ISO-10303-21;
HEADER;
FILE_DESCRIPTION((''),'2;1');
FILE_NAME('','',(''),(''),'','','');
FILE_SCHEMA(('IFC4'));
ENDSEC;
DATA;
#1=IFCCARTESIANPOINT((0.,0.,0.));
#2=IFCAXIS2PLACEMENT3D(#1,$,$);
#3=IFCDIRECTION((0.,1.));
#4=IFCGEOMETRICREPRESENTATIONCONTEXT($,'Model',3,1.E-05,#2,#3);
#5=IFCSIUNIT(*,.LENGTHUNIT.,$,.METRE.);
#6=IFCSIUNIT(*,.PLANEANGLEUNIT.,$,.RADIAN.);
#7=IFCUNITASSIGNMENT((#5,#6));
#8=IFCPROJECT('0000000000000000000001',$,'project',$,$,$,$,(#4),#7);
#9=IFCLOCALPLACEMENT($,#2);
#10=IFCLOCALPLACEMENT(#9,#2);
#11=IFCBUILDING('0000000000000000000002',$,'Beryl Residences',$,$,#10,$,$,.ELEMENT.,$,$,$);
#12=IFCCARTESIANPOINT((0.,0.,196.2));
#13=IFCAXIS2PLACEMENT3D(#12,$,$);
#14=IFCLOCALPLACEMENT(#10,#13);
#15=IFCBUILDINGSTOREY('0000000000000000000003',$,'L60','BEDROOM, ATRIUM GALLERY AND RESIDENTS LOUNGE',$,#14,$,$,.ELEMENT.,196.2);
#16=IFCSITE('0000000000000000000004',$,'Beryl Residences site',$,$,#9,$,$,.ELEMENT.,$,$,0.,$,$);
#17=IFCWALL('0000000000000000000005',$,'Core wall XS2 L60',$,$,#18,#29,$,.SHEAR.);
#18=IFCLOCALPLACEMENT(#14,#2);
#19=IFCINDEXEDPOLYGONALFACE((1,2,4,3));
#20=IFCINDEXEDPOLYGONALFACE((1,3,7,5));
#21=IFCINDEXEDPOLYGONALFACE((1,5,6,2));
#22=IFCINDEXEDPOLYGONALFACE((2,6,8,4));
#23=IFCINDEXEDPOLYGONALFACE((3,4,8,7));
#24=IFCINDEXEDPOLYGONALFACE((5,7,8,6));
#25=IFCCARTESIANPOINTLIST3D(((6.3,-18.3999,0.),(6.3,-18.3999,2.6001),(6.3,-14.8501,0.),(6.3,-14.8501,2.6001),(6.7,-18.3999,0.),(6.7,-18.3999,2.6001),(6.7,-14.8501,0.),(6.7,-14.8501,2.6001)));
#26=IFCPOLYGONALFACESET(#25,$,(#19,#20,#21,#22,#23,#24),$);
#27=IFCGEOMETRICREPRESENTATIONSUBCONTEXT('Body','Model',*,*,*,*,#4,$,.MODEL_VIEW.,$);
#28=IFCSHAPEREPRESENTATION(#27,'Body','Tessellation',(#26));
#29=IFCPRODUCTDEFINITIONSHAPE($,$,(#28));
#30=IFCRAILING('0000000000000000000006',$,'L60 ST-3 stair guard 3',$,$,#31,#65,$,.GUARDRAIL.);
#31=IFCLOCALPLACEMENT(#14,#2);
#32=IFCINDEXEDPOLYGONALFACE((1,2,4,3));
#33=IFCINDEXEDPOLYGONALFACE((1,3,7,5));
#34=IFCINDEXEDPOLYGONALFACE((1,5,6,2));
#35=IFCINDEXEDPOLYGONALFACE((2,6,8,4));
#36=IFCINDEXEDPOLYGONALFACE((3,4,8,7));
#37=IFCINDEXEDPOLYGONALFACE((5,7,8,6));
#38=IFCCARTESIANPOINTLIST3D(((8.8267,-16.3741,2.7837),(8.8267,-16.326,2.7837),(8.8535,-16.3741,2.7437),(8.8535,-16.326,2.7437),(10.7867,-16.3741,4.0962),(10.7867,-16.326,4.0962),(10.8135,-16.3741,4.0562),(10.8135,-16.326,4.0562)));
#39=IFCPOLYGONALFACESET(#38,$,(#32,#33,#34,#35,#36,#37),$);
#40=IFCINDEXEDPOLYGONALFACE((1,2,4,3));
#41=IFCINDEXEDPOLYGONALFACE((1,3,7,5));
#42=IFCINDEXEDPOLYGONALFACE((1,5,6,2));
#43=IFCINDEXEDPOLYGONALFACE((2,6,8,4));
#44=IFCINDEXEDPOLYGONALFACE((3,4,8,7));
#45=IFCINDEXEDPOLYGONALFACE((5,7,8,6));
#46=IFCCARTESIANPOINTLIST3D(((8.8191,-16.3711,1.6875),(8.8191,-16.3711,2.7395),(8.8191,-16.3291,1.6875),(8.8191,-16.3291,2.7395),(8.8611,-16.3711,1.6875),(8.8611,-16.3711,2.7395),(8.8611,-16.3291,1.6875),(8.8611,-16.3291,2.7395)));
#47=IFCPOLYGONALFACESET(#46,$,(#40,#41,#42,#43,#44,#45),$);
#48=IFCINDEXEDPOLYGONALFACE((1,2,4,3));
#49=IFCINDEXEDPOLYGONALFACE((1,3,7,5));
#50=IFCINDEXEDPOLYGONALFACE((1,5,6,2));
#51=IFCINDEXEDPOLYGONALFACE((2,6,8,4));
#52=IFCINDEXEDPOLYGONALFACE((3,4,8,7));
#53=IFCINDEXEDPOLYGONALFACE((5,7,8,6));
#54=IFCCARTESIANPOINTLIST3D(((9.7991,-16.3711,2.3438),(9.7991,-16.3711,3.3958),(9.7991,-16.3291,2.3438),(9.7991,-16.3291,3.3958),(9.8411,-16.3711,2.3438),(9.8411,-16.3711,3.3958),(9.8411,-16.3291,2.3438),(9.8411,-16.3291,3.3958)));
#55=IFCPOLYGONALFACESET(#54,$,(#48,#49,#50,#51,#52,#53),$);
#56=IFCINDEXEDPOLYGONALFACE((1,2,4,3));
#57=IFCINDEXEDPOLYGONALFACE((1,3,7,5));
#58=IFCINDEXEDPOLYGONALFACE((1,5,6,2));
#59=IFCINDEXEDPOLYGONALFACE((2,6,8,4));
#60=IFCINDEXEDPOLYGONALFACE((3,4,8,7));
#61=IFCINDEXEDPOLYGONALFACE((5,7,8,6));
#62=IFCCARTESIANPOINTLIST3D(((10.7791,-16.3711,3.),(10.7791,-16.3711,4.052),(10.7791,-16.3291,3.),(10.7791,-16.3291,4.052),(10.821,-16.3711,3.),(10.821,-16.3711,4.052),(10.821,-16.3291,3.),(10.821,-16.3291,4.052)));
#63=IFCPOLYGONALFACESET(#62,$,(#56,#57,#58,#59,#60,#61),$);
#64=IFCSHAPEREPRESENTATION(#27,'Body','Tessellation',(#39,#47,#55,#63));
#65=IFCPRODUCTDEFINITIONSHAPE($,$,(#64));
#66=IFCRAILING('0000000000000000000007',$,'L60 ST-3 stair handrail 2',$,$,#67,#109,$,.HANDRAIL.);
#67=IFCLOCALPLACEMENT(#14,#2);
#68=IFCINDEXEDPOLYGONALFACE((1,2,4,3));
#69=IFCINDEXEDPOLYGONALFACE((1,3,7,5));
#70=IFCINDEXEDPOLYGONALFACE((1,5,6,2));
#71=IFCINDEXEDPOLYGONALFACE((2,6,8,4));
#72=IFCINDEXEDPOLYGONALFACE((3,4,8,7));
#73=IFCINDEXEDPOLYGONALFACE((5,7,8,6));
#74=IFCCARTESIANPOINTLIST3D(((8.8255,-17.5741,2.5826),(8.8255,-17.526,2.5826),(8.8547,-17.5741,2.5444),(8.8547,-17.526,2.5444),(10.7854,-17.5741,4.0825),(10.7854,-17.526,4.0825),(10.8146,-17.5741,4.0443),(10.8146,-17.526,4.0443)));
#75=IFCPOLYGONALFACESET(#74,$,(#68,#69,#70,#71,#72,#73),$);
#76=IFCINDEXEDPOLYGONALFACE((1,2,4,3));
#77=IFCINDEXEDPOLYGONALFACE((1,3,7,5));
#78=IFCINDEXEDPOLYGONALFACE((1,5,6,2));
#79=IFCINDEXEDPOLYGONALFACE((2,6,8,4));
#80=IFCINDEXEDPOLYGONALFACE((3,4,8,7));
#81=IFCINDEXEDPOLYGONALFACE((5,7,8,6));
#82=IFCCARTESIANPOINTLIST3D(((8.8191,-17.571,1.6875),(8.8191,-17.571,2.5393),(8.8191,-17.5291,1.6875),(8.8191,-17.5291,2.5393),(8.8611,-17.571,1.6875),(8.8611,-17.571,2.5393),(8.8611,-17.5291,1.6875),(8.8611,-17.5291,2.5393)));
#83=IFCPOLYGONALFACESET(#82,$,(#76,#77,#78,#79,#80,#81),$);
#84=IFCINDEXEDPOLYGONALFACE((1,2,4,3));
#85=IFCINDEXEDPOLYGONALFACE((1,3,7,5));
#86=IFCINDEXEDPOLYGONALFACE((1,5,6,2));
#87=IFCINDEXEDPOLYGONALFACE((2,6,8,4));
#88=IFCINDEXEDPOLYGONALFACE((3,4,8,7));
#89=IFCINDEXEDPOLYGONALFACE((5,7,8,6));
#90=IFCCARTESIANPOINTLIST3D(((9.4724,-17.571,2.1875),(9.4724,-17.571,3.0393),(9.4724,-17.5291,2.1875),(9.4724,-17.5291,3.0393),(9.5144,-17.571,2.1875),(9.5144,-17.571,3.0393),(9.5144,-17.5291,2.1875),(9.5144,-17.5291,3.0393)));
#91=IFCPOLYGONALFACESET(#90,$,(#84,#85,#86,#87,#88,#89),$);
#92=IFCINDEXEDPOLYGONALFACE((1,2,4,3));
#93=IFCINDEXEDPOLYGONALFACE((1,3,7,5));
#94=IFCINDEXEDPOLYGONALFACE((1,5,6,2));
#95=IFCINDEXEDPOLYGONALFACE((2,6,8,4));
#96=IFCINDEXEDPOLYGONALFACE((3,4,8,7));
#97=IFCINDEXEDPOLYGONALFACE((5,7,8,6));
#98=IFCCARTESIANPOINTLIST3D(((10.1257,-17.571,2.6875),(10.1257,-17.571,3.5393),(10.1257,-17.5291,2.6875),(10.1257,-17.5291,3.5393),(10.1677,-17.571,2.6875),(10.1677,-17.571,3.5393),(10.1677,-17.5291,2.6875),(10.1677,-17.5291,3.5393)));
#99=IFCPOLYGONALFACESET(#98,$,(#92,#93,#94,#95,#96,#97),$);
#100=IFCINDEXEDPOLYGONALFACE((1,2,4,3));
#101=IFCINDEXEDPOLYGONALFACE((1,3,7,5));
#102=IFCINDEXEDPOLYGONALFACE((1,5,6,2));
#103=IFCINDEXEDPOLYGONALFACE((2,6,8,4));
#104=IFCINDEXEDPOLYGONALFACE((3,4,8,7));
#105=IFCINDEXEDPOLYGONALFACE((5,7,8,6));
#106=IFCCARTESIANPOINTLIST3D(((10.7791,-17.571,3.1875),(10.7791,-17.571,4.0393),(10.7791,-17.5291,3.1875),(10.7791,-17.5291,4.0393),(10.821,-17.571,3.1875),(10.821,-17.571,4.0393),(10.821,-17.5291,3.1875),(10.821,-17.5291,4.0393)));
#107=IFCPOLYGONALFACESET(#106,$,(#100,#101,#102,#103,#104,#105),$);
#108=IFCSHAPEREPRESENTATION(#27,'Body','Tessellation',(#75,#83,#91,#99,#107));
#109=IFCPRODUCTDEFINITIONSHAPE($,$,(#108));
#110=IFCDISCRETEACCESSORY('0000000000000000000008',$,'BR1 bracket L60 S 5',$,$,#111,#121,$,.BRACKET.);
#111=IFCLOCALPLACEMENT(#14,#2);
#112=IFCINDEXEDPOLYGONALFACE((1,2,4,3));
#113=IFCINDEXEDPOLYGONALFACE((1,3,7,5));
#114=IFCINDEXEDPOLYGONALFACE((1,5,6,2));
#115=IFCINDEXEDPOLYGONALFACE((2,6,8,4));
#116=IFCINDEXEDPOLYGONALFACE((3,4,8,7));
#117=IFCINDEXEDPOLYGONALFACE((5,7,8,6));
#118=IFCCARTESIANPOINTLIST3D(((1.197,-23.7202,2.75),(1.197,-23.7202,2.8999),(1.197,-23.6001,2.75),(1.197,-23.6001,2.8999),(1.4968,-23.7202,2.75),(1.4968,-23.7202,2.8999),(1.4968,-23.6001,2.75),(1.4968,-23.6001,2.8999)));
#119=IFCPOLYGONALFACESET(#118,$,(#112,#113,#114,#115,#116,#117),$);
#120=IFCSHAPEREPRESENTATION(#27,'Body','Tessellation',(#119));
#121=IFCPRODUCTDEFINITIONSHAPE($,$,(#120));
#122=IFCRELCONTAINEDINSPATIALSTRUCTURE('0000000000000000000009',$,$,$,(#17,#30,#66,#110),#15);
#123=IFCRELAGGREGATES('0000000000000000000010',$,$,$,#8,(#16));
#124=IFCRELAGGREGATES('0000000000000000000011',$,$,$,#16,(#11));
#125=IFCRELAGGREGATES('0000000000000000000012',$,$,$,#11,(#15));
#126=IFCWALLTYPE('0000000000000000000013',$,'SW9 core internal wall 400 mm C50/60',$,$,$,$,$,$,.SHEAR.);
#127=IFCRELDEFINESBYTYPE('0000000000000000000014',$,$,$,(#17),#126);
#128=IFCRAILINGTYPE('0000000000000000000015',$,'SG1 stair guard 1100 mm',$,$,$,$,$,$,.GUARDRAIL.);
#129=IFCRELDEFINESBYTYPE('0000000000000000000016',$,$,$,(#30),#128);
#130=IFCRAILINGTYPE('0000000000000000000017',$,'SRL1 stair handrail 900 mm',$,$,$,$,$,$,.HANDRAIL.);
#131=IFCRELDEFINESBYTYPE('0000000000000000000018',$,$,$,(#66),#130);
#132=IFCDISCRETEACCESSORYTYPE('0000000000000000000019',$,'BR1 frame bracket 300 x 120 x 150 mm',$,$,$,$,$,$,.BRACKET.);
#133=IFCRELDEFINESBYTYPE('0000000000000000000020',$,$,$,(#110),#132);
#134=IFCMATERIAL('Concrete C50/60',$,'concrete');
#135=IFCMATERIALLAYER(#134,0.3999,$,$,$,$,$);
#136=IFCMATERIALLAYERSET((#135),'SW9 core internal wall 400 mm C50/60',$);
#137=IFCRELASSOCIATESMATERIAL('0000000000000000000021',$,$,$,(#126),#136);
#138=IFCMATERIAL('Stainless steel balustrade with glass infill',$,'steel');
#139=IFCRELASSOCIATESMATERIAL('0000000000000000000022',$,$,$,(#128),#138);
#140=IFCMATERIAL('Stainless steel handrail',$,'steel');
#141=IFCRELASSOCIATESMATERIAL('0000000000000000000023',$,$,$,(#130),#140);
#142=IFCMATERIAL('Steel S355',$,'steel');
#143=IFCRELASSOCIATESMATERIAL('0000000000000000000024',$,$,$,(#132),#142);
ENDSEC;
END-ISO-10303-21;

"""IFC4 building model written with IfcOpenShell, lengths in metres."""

from ifc_helpers import new_model, si_unit, direction, frame, frame_2d, origin, origin_2d, place, context, subcontext, project, spatial, polyline, rectangle, outline, extrude, source, transform, mapped, material, layer, layer_set, type_object, type_shapes, element, save


model = new_model("IFC4")

# Units and contexts
model_context = context("Model", 3, precision=1e-05, world=origin(), true_north=direction((0.0, 1.0)))
body_context = subcontext(model_context, "Body", "Model", "MODEL_VIEW")
ifc_project = project(units=[si_unit("LENGTHUNIT", "METRE"), si_unit("PLANEANGLEUNIT", "RADIAN")], contexts=[model_context])

# Site, building, storey
site_placement = place(None, origin())
site = spatial("IfcSite", under=ifc_project, at=site_placement, Name="Beryl Residences site", CompositionType="ELEMENT", RefElevation=0.0)
building_placement = place(site_placement, origin())
building = spatial("IfcBuilding", under=site, at=building_placement, Name="Beryl Residences", CompositionType="ELEMENT")
storey_placement = place(building_placement, frame((0.0, 0.0, 196.2)))
storey = spatial("IfcBuildingStorey", under=building, at=storey_placement, Name="L60", Description="BEDROOM, ATRIUM GALLERY AND RESIDENTS LOUNGE", CompositionType="ELEMENT", Elevation=196.2)

# Wall
ifc_material_1 = material(Name="Concrete C50/60", Category="concrete")
ifc_layer_1 = layer(ifc_material_1, 0.3999)
ifc_layer_set_1 = layer_set([ifc_layer_1], Name="SW9 core internal wall 400 mm C50/60")
wall_type_1 = type_object("IfcWallType", Name="SW9 core internal wall 400 mm C50/60", PredefinedType="SHEAR", material=ifc_layer_set_1)
wall_1_placement = place(storey_placement, frame((6.5, -18.3999, 0.0), z_axis=(0.0, 0.0, 1.0), x_axis=(0.0, 1.0, 0.0)))
element("IfcWall", 1, at=wall_1_placement, inside=storey, type_object=wall_type_1, Name="Core wall XS2 L60", PredefinedType="SHEAR", context=body_context, shape_type="SweptSolid", body=[
    extrude(rectangle(XDim=3.5498, YDim=0.3999, at=frame_2d((1.7749, 0.0))), origin(), (0.0, 0.0, 1.0), 2.6001),
])

# Railings
ifc_material_2 = material(Name="Stainless steel balustrade with glass infill", Category="steel")
railing_type_1 = type_object("IfcRailingType", Name="SG1 stair guard 1100 mm", PredefinedType="GUARDRAIL", material=ifc_material_2)
railing_1_placement = place(storey_placement, frame((8.8401, -16.3501, 1.6875)))
element("IfcRailing", 2, at=railing_1_placement, inside=storey, type_object=railing_type_1, Name="L60 ST-3 stair guard 3", PredefinedType="GUARDRAIL", context=body_context, shape_type="SweptSolid", body=[
    extrude(rectangle(XDim=0.0481, YDim=0.0481, at=origin_2d()), frame((0.0, 0.0, 1.0762), z_axis=(0.830902, 0.0, 0.556419), x_axis=(0.0, 1.0, 0.0)), (0.0, 0.0, 1.0), 2.3589),
    extrude(rectangle(XDim=0.042, YDim=0.042, at=origin_2d()), origin(), (0.0, 0.0, 1.0), 1.052),
    extrude(rectangle(XDim=0.042, YDim=0.042, at=origin_2d()), frame((0.98, 0.0, 0.6562)), (0.0, 0.0, 1.0), 1.052),
    extrude(rectangle(XDim=0.042, YDim=0.042, at=origin_2d()), frame((1.96, 0.0, 1.3125)), (0.0, 0.0, 1.0), 1.052),
])
ifc_material_3 = material(Name="Stainless steel handrail", Category="steel")
railing_type_2 = type_object("IfcRailingType", Name="SRL1 stair handrail 900 mm", PredefinedType="HANDRAIL", material=ifc_material_3)
railing_2_placement = place(storey_placement, frame((8.8401, -17.55, 1.6875)))
element("IfcRailing", 3, at=railing_2_placement, inside=storey, type_object=railing_type_2, Name="L60 ST-3 stair handrail 2", PredefinedType="HANDRAIL", context=body_context, shape_type="SweptSolid", body=[
    extrude(rectangle(XDim=0.0481, YDim=0.0481, at=origin_2d()), frame((0.0, 0.0, 0.876), z_axis=(0.794122, 0.0, 0.607758), x_axis=(0.0, 1.0, 0.0)), (0.0, 0.0, 1.0), 2.468),
    extrude(rectangle(XDim=0.042, YDim=0.042, at=origin_2d()), origin(), (0.0, 0.0, 1.0), 0.8518),
    extrude(rectangle(XDim=0.042, YDim=0.042, at=origin_2d()), frame((0.6533, 0.0, 0.5)), (0.0, 0.0, 1.0), 0.8518),
    extrude(rectangle(XDim=0.042, YDim=0.042, at=origin_2d()), frame((1.3066, 0.0, 1.0)), (0.0, 0.0, 1.0), 0.8518),
    extrude(rectangle(XDim=0.042, YDim=0.042, at=origin_2d()), frame((1.96, 0.0, 1.5)), (0.0, 0.0, 1.0), 0.8518),
])

# Discrete accessory
ifc_material_4 = material(Name="Steel S355", Category="steel")
discrete_accessory_type = type_object("IfcDiscreteAccessoryType", Name="BR1 frame bracket 300 x 120 x 150 mm", PredefinedType="BRACKET", material=ifc_material_4)
shared_shape_1 = source(origin(), body_context, "Body", "SweptSolid", [
    extrude(outline(polyline([(-0.1499, 0.0), (0.1499, 0.0), (0.1499, 0.1201), (-0.1499, 0.1201), (-0.1499, 0.0)])), origin(), (0.0, 0.0, 1.0), 0.1499),
])
type_shapes(discrete_accessory_type, [shared_shape_1])
discrete_accessory_placement = place(storey_placement, frame((1.3469, -23.6001, 2.75), z_axis=(0.0, 0.0, 1.0), x_axis=(-1.0, 0.0, 0.0)))
element("IfcDiscreteAccessory", 4, at=discrete_accessory_placement, inside=storey, type_object=discrete_accessory_type, Name="BR1 bracket L60 S 5", PredefinedType="BRACKET", context=body_context, shape_type="MappedRepresentation", body=[
    mapped(shared_shape_1, transform((0.0, 0.0, 0.0))),
])

save(model, "model.ifc")
